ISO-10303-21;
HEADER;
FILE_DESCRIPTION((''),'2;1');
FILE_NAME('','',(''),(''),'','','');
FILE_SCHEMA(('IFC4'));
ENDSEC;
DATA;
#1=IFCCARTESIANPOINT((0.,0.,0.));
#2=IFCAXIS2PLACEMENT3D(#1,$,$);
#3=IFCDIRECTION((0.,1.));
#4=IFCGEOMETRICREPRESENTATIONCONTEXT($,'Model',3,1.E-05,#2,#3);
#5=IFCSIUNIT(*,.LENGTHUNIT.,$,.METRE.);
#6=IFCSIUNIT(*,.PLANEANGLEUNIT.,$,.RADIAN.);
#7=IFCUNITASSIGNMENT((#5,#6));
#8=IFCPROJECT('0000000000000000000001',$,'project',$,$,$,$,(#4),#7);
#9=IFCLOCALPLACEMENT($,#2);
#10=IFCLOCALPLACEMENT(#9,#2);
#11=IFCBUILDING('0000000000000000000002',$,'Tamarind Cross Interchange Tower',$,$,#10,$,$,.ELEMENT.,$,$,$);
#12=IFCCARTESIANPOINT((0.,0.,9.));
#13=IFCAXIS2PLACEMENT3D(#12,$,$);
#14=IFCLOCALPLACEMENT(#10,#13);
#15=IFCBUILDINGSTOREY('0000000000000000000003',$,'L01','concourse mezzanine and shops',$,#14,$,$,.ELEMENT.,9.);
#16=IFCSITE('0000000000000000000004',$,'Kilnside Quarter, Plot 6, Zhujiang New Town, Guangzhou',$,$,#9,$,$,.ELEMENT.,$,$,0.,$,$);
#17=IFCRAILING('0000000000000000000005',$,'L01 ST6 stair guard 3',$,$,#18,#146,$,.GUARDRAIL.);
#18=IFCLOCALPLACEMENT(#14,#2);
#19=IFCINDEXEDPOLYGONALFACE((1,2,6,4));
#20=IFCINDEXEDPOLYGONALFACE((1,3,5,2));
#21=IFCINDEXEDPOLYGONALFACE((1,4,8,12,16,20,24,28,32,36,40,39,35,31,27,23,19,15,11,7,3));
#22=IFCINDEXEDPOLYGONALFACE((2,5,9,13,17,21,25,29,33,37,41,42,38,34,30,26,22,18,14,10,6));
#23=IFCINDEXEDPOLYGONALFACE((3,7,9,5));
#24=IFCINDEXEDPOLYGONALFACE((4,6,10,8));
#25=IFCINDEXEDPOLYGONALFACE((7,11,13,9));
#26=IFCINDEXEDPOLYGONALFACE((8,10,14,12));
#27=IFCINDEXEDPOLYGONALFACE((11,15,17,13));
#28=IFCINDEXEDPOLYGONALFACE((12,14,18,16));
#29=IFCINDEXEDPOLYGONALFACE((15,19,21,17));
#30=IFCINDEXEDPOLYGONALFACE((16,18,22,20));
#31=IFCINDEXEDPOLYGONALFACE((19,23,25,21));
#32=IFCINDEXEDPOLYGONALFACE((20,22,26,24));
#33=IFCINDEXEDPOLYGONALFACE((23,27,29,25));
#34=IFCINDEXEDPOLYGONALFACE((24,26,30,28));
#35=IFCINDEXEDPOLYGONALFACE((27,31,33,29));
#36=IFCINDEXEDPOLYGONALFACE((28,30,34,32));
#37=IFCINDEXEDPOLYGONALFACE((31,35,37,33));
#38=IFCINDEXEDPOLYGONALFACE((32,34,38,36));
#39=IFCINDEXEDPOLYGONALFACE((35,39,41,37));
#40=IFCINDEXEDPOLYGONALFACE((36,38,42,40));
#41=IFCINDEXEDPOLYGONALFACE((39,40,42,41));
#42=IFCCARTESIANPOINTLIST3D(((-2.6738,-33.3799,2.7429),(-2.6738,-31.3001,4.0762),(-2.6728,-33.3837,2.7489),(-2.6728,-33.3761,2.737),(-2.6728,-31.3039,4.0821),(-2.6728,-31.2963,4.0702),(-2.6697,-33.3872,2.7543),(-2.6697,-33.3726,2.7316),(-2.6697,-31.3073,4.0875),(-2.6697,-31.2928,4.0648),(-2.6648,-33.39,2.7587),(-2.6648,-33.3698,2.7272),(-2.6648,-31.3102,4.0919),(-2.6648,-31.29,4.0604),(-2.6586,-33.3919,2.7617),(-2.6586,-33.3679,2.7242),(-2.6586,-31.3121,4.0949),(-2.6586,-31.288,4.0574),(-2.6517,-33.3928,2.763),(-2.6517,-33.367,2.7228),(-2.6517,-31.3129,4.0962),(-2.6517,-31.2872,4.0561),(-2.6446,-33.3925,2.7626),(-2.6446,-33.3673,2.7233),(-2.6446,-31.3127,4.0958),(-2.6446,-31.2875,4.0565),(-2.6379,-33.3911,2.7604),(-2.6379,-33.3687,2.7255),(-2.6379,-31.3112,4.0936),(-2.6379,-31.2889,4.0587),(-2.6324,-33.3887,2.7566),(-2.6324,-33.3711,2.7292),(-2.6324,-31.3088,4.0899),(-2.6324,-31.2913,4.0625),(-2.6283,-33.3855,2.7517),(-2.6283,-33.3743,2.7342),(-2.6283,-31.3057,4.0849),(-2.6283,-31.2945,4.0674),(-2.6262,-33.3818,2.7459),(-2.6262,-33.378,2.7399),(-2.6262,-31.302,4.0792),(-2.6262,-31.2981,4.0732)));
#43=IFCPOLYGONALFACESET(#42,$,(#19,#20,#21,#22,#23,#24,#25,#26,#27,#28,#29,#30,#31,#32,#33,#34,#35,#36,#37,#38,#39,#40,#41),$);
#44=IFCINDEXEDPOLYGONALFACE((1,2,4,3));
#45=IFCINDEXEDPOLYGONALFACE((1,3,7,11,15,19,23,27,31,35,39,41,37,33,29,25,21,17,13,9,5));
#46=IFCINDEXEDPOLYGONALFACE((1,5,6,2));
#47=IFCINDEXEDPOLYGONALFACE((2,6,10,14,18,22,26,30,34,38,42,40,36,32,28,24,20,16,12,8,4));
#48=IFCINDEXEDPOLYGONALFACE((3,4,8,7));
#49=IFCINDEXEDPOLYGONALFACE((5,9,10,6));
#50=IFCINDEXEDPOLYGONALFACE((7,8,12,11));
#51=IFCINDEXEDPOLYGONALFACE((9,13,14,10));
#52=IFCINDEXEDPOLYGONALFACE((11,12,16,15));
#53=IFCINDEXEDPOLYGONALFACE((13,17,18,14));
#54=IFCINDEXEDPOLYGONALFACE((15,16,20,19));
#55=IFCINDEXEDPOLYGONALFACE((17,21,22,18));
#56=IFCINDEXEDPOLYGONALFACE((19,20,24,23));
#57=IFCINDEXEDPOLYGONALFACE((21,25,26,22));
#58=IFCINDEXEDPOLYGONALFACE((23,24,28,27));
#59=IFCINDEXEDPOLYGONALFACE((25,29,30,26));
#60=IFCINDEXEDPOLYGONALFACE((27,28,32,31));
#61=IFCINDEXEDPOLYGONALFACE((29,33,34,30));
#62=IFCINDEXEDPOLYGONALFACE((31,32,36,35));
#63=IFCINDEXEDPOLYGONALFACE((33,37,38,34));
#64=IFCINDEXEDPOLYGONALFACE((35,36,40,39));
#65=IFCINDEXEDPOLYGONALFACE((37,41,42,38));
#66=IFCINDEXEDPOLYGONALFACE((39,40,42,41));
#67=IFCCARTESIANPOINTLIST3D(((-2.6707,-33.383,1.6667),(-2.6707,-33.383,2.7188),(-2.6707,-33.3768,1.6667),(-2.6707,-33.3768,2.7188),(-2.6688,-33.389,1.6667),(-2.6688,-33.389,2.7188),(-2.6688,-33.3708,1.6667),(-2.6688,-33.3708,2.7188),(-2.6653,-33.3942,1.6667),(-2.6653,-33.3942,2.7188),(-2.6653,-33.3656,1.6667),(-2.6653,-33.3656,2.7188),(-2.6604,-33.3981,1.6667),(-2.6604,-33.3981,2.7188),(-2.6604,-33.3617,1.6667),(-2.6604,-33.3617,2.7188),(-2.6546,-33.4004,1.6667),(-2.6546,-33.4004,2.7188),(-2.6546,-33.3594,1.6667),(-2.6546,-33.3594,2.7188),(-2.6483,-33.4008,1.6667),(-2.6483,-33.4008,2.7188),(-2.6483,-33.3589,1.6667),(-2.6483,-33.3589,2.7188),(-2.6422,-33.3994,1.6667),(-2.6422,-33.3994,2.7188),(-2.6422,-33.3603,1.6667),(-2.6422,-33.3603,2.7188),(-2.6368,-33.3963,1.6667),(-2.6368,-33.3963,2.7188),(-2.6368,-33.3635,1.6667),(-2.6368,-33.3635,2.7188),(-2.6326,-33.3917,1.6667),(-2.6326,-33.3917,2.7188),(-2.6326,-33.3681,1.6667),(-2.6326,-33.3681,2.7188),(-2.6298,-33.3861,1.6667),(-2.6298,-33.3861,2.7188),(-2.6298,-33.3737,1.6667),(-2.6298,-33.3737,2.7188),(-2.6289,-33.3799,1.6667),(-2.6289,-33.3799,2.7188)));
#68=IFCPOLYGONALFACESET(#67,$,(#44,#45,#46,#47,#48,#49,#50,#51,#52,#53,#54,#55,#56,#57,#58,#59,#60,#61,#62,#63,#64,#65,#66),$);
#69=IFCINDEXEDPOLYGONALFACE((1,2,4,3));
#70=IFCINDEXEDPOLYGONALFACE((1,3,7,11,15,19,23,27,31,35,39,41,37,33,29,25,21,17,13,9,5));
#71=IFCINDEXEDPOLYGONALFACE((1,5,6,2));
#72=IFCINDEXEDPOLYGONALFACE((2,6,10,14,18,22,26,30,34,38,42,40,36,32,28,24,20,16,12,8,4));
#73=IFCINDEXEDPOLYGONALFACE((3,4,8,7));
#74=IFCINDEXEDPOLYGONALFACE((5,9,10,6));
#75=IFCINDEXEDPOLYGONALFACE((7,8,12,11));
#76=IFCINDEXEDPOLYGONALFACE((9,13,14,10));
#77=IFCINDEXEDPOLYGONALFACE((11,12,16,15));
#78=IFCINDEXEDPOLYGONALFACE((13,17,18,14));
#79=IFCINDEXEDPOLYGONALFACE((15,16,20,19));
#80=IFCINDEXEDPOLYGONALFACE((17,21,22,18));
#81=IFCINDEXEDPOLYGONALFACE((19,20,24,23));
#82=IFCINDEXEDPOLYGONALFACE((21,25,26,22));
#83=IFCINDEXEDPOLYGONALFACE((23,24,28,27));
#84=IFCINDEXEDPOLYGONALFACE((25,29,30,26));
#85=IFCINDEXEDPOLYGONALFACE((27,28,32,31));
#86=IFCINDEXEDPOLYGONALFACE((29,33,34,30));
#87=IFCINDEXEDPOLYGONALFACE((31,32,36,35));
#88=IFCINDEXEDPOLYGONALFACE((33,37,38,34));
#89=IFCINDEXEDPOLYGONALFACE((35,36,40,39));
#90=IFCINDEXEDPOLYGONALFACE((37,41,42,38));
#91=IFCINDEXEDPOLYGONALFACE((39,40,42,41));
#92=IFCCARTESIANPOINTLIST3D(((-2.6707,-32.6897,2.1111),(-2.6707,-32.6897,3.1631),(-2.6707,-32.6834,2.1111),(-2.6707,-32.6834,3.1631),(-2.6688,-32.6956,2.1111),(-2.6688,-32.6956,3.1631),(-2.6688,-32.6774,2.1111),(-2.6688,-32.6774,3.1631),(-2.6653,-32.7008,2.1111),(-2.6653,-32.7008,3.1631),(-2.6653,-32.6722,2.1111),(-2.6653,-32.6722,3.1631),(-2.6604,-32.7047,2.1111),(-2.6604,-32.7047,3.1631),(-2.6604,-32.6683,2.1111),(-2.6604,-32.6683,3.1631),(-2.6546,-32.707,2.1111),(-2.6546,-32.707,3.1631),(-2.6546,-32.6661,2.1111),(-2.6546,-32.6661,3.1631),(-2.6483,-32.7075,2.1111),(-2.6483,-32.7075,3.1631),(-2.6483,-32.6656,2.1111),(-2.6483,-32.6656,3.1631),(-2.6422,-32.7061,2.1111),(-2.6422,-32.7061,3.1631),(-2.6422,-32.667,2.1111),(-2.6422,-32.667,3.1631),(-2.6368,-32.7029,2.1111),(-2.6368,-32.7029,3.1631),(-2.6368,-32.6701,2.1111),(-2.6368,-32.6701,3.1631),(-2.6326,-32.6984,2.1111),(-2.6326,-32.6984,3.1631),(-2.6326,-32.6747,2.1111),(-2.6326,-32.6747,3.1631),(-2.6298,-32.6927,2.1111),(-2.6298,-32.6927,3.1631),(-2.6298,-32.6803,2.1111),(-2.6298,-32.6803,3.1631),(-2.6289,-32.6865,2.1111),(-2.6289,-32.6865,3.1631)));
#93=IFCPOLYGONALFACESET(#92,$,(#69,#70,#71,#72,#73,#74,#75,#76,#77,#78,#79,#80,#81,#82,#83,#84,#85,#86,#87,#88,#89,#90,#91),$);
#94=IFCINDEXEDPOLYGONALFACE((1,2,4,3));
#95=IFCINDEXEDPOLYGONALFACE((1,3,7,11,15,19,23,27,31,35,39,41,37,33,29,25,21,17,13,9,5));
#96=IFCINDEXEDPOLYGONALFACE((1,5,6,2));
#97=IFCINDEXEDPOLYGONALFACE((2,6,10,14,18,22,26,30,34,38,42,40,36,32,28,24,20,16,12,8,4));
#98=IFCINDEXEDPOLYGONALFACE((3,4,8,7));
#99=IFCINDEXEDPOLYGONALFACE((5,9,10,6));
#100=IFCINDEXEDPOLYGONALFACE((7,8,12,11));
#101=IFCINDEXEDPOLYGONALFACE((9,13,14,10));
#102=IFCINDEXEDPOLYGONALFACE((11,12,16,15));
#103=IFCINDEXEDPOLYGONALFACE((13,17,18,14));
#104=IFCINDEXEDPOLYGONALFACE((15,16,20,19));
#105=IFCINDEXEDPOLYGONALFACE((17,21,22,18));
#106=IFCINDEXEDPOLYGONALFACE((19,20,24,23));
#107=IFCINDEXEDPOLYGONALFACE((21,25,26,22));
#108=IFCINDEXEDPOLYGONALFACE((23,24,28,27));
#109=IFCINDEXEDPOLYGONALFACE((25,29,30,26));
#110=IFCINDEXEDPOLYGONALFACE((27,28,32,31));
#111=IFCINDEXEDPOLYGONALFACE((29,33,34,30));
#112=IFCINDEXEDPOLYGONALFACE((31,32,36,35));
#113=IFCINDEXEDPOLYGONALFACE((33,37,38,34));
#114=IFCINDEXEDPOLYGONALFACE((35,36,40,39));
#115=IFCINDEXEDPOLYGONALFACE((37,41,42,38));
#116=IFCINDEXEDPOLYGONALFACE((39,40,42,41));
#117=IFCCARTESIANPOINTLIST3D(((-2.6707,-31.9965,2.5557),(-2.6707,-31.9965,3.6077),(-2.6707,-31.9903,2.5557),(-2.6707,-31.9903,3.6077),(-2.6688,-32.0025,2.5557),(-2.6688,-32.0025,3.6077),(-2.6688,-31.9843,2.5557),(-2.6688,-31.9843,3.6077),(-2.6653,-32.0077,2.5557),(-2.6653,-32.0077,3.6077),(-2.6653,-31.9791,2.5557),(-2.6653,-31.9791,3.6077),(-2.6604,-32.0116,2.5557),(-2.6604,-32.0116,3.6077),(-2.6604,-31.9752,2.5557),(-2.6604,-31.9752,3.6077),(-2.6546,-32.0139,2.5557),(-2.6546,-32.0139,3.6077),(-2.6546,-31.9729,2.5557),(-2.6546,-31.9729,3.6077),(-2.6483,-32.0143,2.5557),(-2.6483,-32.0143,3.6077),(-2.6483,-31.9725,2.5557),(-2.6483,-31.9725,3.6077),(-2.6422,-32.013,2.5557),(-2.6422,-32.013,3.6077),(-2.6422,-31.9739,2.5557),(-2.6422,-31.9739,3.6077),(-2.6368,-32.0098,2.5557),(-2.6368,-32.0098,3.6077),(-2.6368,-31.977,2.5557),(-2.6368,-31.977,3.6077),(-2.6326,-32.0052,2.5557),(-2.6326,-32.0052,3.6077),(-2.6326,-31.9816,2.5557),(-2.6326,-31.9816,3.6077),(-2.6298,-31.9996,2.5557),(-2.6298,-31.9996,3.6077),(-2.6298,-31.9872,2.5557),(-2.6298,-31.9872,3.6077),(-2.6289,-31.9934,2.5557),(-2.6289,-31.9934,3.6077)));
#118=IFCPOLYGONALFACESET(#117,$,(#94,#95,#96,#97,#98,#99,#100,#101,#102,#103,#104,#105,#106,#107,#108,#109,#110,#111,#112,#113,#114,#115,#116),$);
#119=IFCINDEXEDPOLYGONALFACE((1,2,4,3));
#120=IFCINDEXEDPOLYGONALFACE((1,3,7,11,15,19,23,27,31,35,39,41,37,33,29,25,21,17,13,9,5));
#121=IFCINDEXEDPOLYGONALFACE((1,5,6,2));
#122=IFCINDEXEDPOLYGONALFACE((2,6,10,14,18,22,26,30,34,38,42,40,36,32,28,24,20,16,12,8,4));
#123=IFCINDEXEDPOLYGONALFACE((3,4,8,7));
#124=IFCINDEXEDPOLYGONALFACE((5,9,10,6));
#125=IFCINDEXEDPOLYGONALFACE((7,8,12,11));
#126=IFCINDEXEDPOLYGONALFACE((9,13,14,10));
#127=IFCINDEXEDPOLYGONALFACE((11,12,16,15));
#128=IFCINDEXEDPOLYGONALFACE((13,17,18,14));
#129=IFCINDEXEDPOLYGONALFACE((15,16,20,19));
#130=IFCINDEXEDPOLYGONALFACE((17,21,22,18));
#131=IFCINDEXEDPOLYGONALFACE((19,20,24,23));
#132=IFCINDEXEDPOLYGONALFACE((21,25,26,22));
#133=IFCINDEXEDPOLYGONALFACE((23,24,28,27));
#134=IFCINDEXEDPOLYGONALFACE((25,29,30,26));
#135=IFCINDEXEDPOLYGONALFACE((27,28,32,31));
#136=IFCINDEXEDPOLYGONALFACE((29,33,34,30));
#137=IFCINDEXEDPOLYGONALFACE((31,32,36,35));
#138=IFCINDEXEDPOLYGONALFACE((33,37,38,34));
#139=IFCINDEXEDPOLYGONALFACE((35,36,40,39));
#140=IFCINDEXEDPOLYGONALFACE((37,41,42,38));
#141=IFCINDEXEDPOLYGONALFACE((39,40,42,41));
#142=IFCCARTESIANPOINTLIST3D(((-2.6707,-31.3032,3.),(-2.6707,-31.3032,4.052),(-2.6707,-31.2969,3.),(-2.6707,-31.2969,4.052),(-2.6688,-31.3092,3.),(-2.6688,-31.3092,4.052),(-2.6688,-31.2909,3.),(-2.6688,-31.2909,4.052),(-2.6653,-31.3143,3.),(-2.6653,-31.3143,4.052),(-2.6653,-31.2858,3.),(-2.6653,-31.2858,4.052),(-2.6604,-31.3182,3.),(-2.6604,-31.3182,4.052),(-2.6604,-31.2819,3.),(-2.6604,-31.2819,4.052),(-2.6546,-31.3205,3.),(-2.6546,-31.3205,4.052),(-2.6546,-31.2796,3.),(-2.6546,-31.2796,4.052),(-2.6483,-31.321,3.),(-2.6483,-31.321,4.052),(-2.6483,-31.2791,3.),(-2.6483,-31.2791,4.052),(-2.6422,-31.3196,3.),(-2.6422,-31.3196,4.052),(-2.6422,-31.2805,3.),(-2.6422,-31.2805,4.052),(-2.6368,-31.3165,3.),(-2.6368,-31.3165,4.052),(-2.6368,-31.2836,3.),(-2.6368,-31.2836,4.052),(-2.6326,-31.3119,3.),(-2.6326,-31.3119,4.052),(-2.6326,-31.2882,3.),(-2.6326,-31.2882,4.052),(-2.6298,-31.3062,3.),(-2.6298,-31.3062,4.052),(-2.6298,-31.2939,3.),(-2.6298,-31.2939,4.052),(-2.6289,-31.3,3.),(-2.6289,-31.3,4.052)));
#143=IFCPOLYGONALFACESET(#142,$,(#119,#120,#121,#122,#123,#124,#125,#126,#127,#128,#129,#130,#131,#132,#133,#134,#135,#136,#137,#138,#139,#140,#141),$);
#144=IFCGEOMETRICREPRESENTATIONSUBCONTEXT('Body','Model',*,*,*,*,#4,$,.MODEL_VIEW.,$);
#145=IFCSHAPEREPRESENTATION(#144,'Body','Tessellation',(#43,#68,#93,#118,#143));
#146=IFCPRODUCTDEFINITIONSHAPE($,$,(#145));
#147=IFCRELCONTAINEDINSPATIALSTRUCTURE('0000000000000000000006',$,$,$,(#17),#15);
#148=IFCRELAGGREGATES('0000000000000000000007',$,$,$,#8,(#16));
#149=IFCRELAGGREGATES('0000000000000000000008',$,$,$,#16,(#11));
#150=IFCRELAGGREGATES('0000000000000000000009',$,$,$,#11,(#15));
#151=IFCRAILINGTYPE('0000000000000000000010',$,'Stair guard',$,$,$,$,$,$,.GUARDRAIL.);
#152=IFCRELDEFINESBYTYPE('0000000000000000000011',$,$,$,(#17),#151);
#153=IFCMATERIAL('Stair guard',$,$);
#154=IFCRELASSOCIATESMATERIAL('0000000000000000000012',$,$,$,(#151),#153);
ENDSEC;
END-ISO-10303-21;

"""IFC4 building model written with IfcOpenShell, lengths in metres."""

from ifc_helpers import new_model, si_unit, direction, frame, origin, origin_2d, place, context, subcontext, project, spatial, circle, extrude, material, type_object, element, save


model = new_model("IFC4")

# Units and contexts
model_context = context("Model", 3, precision=1e-05, world=origin(), true_north=direction((0.0, 1.0)))
body_context = subcontext(model_context, "Body", "Model", "MODEL_VIEW")
ifc_project = project(units=[si_unit("LENGTHUNIT", "METRE"), si_unit("PLANEANGLEUNIT", "RADIAN")], contexts=[model_context])

# Site, building, storey
site_placement = place(None, origin())
site = spatial("IfcSite", under=ifc_project, at=site_placement, Name="Kilnside Quarter, Plot 6, Zhujiang New Town, Guangzhou", CompositionType="ELEMENT", RefElevation=0.0)
building_placement = place(site_placement, origin())
building = spatial("IfcBuilding", under=site, at=building_placement, Name="Tamarind Cross Interchange Tower", CompositionType="ELEMENT")
storey_placement = place(building_placement, frame((0.0, 0.0, 9.0)))
storey = spatial("IfcBuildingStorey", under=building, at=storey_placement, Name="L01", Description="concourse mezzanine and shops", CompositionType="ELEMENT", Elevation=9.0)

# Railing
ifc_material_1 = material(Name="Stair guard")
railing_type_1 = type_object("IfcRailingType", Name="Stair guard", PredefinedType="GUARDRAIL", material=ifc_material_1)
railing_1_placement = place(storey_placement, frame((-2.6499, -33.3799, 1.6667)))
element("IfcRailing", 1, at=railing_1_placement, inside=storey, type_object=railing_type_1, Name="L01 ST6 stair guard 3", PredefinedType="GUARDRAIL", context=body_context, shape_type="SweptSolid", body=[
    extrude(circle(Radius=0.0239, at=origin_2d()), frame((0.0, 0.0, 1.0762), z_axis=(0.0, 0.841875, 0.539673), x_axis=(-1.0, 0.0, 0.0)), (0.0, 0.0, 1.0), 2.4705),
    extrude(circle(Radius=0.021, at=origin_2d()), origin(), (0.0, 0.0, 1.0), 1.052),
    extrude(circle(Radius=0.021, at=origin_2d()), frame((0.0, 0.6934, 0.4443)), (0.0, 0.0, 1.0), 1.052),
    extrude(circle(Radius=0.021, at=origin_2d()), frame((0.0, 1.3865, 0.8889)), (0.0, 0.0, 1.0), 1.052),
    extrude(circle(Radius=0.021, at=origin_2d()), frame((0.0, 2.0798, 1.3333)), (0.0, 0.0, 1.0), 1.052),
])

save(model, "model.ifc")
